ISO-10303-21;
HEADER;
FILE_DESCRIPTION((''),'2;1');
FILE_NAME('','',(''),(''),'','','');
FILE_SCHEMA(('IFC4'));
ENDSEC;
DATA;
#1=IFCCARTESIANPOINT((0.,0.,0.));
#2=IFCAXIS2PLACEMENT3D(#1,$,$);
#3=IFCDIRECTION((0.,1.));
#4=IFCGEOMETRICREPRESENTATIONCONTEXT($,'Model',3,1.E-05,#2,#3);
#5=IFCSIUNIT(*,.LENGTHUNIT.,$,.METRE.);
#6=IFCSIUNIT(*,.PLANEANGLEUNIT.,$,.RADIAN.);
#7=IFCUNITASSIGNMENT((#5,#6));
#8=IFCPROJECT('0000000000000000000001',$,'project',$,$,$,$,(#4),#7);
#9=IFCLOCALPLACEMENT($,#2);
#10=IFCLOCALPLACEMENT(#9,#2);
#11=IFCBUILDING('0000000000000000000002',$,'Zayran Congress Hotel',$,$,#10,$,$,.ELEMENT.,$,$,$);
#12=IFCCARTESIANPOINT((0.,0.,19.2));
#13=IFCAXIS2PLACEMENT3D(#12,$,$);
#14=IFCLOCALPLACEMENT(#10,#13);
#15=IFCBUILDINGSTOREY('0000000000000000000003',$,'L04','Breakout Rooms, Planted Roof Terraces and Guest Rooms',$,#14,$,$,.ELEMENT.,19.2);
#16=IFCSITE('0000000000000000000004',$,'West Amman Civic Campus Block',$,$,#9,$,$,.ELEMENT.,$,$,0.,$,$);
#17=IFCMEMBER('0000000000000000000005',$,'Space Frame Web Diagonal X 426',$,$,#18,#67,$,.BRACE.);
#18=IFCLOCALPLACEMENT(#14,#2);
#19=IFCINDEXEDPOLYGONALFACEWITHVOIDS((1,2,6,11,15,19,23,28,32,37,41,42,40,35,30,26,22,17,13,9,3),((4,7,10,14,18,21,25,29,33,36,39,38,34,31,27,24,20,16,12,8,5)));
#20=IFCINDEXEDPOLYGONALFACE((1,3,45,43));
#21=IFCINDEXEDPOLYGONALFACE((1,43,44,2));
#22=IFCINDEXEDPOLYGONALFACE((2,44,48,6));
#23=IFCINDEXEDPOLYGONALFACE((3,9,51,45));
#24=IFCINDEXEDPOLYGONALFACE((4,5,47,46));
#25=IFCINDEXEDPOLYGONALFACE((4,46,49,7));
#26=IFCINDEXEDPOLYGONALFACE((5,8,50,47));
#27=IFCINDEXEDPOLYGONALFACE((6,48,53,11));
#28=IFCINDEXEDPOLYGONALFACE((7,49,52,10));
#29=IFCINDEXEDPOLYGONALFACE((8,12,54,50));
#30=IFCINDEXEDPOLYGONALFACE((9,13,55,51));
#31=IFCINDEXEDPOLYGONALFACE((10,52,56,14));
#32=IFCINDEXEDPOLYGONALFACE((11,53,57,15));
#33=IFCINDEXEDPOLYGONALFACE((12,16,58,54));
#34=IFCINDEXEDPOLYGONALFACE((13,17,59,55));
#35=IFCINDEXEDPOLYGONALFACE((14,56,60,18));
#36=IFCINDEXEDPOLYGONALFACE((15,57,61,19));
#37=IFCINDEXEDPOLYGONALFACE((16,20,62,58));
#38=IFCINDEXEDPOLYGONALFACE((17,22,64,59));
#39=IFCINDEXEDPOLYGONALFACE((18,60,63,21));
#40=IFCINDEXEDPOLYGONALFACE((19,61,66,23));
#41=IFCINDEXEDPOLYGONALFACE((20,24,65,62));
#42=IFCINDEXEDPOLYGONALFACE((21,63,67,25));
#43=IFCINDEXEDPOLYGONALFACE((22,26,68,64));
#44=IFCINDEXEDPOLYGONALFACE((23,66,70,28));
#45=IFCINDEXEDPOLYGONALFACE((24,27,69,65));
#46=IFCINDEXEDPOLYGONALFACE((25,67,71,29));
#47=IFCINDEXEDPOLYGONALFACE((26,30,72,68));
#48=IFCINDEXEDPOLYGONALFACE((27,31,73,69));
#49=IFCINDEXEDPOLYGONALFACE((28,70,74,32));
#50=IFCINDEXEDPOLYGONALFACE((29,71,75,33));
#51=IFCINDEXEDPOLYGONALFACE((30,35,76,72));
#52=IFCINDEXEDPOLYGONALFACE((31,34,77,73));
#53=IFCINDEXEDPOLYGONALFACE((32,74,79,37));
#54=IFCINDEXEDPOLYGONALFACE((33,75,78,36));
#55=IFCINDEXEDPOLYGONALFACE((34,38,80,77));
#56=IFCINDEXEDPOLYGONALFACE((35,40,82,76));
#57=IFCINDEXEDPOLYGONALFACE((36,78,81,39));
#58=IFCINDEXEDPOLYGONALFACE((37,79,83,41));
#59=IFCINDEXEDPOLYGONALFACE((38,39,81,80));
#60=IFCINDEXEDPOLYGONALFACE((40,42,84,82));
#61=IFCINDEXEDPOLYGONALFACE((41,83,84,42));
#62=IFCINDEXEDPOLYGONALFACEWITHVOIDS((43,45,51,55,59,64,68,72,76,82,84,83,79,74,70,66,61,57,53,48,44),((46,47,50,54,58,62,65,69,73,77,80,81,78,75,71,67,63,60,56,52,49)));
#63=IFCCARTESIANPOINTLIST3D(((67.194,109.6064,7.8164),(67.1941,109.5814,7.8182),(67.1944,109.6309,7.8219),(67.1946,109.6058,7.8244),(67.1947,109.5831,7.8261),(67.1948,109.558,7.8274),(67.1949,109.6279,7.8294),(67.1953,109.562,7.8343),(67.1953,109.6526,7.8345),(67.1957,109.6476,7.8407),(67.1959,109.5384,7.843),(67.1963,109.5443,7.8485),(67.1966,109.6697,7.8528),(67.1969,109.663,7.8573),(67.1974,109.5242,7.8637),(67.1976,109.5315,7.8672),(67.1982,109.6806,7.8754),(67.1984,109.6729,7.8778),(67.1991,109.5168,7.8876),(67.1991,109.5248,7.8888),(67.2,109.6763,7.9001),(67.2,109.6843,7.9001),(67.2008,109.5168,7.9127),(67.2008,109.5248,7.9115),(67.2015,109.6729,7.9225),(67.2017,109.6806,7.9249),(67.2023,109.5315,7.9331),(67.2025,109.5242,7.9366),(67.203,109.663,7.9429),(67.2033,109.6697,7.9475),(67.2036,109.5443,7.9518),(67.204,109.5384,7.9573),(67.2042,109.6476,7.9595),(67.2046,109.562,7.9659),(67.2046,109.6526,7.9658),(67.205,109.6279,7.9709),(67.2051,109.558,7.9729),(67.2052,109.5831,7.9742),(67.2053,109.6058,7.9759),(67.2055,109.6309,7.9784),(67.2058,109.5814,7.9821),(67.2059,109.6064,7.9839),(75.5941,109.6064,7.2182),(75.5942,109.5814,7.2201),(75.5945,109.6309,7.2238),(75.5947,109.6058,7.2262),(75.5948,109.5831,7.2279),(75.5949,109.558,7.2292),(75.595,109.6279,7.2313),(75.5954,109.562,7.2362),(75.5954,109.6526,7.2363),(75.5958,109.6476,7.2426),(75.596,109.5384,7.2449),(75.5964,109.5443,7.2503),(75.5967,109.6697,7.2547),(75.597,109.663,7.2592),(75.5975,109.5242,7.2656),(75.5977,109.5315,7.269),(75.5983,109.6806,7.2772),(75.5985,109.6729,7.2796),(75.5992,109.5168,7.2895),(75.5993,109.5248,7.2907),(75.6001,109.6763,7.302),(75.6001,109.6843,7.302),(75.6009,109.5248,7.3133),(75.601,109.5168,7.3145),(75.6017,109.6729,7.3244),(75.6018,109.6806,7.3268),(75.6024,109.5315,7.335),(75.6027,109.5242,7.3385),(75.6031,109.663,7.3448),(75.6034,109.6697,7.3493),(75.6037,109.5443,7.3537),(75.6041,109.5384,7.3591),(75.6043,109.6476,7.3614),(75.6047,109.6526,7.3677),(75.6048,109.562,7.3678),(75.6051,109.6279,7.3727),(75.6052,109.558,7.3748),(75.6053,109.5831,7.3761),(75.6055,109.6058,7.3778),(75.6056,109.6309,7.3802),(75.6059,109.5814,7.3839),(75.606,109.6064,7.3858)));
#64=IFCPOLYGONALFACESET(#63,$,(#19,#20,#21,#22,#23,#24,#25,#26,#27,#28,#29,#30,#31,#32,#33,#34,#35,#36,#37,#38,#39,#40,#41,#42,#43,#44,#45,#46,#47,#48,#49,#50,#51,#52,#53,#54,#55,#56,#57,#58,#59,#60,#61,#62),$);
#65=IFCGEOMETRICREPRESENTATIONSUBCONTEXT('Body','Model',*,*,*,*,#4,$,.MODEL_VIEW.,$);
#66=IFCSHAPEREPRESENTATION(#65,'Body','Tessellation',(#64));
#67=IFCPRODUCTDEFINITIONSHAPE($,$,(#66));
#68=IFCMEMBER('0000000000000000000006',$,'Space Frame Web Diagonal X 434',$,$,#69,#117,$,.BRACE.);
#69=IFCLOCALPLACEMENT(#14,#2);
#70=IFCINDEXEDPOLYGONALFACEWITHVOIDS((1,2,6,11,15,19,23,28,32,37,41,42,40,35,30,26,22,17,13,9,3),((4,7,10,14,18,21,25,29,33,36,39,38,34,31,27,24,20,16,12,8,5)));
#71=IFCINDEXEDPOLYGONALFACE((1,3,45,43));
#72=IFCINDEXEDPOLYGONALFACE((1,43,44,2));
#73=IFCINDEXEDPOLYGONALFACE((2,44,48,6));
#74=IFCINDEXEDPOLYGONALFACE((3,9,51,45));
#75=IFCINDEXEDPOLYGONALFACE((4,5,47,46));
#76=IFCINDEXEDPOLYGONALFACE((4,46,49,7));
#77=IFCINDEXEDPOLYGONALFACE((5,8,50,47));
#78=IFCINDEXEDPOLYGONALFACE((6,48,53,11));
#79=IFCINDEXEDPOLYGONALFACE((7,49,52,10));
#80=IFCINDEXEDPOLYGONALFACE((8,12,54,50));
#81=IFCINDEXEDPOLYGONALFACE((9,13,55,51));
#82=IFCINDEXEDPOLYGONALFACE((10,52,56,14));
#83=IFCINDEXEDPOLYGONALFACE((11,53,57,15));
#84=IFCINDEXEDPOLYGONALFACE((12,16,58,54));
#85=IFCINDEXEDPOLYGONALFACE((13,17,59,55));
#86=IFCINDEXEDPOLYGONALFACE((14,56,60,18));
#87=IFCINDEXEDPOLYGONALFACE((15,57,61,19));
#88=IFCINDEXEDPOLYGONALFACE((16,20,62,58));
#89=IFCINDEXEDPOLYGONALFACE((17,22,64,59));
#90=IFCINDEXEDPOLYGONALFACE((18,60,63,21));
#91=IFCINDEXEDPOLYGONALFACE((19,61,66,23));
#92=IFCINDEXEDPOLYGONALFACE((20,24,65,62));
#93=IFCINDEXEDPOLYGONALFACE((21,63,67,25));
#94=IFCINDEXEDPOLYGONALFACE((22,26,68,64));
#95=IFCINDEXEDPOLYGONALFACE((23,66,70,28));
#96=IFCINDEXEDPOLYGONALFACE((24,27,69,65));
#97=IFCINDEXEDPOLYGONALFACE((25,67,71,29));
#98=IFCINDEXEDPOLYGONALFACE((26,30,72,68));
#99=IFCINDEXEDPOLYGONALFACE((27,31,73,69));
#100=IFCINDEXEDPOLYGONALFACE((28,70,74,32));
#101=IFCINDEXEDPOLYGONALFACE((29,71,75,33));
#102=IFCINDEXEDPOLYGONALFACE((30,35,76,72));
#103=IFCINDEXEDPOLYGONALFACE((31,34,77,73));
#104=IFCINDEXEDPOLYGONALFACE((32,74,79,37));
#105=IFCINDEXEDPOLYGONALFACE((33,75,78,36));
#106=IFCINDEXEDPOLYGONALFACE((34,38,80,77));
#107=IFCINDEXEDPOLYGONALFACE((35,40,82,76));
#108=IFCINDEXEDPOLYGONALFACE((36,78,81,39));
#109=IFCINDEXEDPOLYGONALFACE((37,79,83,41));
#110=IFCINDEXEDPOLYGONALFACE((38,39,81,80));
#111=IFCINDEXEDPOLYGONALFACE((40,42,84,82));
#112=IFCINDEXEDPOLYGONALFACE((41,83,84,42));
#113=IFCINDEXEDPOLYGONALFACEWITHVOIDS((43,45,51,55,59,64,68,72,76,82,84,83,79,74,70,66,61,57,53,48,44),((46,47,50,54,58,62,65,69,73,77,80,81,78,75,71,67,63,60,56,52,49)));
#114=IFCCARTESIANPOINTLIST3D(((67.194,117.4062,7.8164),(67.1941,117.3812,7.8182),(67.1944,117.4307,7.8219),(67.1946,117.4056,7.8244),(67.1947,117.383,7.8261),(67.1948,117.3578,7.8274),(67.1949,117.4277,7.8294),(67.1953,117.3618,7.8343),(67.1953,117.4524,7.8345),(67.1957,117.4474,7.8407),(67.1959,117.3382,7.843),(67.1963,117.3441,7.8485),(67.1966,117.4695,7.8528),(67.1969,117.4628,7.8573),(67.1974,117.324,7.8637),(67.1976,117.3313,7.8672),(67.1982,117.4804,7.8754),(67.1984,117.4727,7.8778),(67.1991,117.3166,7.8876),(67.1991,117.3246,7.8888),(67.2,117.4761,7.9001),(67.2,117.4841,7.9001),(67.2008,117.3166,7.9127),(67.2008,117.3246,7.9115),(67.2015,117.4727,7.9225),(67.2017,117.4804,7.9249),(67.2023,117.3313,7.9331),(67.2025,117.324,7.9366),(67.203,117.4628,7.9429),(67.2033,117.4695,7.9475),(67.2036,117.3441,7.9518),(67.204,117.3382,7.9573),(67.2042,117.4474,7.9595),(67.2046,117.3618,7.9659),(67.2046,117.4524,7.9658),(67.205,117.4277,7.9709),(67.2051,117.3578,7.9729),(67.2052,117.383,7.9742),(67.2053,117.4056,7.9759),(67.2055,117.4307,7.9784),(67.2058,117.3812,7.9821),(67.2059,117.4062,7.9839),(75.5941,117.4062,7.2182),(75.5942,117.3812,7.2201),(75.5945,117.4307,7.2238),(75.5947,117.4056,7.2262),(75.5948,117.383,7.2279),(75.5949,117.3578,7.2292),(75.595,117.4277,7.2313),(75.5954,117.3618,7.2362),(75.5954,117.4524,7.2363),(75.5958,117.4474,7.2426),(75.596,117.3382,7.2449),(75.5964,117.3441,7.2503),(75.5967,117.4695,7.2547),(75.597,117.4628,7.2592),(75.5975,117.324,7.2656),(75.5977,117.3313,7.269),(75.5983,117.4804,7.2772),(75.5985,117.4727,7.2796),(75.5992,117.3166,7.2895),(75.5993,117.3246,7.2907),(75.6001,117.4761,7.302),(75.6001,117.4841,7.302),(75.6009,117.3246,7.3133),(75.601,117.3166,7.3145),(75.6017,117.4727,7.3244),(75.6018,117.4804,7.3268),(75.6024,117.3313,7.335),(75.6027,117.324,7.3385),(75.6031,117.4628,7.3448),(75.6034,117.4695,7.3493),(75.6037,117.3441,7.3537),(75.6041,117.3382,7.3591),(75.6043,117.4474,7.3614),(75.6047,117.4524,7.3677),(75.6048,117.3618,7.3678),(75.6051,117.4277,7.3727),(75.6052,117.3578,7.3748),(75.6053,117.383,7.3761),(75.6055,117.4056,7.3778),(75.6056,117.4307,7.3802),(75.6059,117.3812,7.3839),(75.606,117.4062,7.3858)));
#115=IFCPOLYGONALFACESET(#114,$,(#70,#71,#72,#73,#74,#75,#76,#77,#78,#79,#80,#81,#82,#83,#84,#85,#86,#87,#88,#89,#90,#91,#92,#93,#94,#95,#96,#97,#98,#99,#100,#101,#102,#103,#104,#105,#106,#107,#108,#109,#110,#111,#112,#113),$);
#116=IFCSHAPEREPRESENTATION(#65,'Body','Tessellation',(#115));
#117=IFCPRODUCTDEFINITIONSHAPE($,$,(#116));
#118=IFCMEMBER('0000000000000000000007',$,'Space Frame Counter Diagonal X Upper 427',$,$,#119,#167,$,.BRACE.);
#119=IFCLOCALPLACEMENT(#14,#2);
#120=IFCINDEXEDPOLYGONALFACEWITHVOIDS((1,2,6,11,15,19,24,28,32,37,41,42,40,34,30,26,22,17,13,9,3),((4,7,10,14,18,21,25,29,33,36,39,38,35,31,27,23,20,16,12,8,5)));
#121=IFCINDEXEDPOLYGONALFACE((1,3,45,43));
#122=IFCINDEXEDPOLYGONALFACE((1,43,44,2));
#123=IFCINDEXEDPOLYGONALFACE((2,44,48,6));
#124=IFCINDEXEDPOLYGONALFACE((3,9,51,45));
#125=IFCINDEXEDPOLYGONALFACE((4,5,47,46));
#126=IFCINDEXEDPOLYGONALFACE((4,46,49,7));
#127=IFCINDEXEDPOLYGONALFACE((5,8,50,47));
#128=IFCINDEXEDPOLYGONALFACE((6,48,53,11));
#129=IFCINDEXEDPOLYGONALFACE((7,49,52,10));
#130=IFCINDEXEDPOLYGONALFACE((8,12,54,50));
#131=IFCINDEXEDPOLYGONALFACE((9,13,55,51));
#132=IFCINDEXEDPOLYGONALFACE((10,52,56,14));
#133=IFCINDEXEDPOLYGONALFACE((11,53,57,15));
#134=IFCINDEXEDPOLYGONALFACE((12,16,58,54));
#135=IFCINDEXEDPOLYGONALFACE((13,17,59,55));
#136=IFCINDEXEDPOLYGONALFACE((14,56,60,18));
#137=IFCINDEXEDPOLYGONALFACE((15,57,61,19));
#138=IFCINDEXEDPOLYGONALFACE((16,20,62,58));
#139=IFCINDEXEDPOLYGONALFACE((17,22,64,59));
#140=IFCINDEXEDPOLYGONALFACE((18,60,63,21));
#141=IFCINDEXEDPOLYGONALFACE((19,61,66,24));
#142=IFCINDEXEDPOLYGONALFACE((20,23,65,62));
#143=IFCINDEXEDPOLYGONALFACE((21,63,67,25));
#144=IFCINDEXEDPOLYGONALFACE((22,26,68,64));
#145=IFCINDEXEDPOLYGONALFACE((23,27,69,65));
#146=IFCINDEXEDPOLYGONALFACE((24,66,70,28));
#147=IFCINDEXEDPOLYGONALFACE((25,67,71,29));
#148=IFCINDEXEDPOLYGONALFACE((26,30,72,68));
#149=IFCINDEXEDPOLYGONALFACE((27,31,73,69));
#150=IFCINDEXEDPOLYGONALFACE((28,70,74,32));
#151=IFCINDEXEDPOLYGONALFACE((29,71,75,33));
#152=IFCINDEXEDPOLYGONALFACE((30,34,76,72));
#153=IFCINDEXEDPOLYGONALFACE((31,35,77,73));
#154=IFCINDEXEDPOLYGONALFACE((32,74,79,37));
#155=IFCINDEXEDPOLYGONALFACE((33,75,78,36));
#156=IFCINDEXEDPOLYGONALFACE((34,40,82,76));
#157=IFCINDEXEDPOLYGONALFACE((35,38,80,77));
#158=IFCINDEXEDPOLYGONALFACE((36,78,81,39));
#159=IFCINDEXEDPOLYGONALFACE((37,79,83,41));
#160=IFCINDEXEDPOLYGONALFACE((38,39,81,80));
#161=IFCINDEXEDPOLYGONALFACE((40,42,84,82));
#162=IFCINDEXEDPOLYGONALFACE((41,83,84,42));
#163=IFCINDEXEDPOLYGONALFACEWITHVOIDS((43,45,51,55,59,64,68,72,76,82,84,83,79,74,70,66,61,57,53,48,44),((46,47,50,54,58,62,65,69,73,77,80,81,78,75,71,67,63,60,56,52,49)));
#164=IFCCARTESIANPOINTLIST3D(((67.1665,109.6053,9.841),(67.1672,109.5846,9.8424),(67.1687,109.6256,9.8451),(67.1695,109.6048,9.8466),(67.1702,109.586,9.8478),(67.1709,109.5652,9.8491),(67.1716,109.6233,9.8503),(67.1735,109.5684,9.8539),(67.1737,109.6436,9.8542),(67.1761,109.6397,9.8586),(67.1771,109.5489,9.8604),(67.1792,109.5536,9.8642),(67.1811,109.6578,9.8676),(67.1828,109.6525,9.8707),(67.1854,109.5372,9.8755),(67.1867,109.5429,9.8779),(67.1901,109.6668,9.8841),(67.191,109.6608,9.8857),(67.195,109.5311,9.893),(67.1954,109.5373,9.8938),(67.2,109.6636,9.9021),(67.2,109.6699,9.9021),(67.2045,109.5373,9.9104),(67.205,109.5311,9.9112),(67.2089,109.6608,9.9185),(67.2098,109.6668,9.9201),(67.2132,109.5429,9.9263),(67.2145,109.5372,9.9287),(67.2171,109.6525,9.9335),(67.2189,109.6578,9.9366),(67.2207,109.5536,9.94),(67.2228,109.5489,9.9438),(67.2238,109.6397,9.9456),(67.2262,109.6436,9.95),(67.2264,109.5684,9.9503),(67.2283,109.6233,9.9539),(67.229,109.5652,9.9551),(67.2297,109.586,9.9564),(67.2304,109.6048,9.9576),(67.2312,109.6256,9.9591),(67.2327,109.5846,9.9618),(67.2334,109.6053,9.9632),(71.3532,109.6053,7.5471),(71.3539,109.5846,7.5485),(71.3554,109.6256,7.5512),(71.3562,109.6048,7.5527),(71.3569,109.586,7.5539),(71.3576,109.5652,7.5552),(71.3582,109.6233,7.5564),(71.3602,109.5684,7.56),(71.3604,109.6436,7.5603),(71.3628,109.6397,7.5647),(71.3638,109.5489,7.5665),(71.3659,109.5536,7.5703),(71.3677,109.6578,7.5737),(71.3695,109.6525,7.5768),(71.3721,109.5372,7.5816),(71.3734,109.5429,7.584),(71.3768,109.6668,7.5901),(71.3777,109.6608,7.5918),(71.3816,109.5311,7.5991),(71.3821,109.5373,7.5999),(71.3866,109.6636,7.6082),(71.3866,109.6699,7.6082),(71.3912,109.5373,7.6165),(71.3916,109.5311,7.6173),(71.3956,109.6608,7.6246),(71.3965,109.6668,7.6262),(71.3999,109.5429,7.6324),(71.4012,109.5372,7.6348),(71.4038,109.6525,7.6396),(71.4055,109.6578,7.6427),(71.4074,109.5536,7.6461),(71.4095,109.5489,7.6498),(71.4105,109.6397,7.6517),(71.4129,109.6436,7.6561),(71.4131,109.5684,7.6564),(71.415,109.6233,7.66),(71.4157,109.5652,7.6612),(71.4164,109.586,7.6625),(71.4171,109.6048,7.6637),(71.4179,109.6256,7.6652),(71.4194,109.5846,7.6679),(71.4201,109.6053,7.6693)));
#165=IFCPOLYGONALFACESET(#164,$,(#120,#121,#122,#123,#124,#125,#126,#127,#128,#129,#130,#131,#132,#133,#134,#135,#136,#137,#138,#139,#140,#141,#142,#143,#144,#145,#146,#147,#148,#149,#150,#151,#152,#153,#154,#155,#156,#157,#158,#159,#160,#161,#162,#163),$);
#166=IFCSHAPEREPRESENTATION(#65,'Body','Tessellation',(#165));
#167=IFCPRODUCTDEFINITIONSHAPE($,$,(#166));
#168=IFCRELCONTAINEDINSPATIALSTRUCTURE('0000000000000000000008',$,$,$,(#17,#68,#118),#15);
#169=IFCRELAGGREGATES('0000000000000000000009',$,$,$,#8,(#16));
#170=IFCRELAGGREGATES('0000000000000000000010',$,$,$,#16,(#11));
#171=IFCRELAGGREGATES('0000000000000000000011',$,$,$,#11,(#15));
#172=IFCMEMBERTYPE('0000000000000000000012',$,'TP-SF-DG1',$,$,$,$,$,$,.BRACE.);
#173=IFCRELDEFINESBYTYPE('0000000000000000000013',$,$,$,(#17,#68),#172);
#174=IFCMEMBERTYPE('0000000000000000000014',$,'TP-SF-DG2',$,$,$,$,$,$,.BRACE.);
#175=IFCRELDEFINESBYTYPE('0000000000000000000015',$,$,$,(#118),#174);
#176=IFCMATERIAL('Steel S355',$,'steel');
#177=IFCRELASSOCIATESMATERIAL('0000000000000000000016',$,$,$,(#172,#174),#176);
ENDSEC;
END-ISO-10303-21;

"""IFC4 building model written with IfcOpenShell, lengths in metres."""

from ifc_helpers import new_model, si_unit, direction, frame, origin, origin_2d, place, context, subcontext, project, spatial, hollow_circle, extrude, material, material_profile, profile_set, type_object, element, save


model = new_model("IFC4")

# Units and contexts
model_context = context("Model", 3, precision=1e-05, world=origin(), true_north=direction((0.0, 1.0)))
body_context = subcontext(model_context, "Body", "Model", "MODEL_VIEW")
ifc_project = project(units=[si_unit("LENGTHUNIT", "METRE"), si_unit("PLANEANGLEUNIT", "RADIAN")], contexts=[model_context])

# Site, building, storey
site_placement = place(None, origin())
site = spatial("IfcSite", under=ifc_project, at=site_placement, Name="West Amman Civic Campus Block", CompositionType="ELEMENT", RefElevation=0.0)
building_placement = place(site_placement, origin())
building = spatial("IfcBuilding", under=site, at=building_placement, Name="Zayran Congress Hotel", CompositionType="ELEMENT")
storey_placement = place(building_placement, frame((0.0, 0.0, 19.2)))
storey = spatial("IfcBuildingStorey", under=building, at=storey_placement, Name="L04", Description="Breakout Rooms, Planted Roof Terraces and Guest Rooms", CompositionType="ELEMENT", Elevation=19.2)

# Members
ifc_material = material(Name="Steel S355", Category="steel")
ifc_material_profile_1 = material_profile(ifc_material, hollow_circle(Radius=0.0842, WallThickness=0.0081, at=origin_2d()), Name="CHS 168.3x8")
ifc_profile_set_1 = profile_set([ifc_material_profile_1], Name="Steel S355")
member_type_1 = type_object("IfcMemberType", Name="TP-SF-DG1", PredefinedType="BRACE", material=ifc_profile_set_1)
for number, where, z_axis, x_axis, name in (
    (1, (67.2, 109.6001, 7.9001), (0.997474, 0.0, -0.071027), (0.0, 1.0, 0.0), "Space Frame Web Diagonal X 426"),
    (2, (67.2, 117.3999, 7.9001), (0.997474, 0.0, -0.071027), (0.0, 1.0, 0.0), "Space Frame Web Diagonal X 434"),
):
    element("IfcMember", number, at=place(storey_placement, frame(where, z_axis=z_axis, x_axis=x_axis)), inside=storey, type_object=member_type_1, Name=name, PredefinedType="BRACE", context=body_context, shape_type="SweptSolid", body=[
        extrude(hollow_circle(Radius=0.0842, WallThickness=0.0081, at=origin_2d()), origin(), (0.0, 0.0, 1.0), 8.4214),
    ])
ifc_material_profile_2 = material_profile(ifc_material, hollow_circle(Radius=0.0698, WallThickness=0.0063, at=origin_2d()), Name="CHS 139.7x6.3")
ifc_profile_set_2 = profile_set([ifc_material_profile_2], Name="Steel S355")
member_type_2 = type_object("IfcMemberType", Name="TP-SF-DG2", PredefinedType="BRACE", material=ifc_profile_set_2)
member_1_placement = place(storey_placement, frame((67.2, 109.6001, 9.9021), z_axis=(0.876991, 0.0, -0.480507), x_axis=(0.0, 1.0, 0.0)))
element("IfcMember", 3, at=member_1_placement, inside=storey, type_object=member_type_2, Name="Space Frame Counter Diagonal X Upper 427", PredefinedType="BRACE", context=body_context, shape_type="SweptSolid", body=[
    extrude(hollow_circle(Radius=0.0698, WallThickness=0.0063, at=origin_2d()), origin(), (0.0, 0.0, 1.0), 4.7739),
])

save(model, "model.ifc")
